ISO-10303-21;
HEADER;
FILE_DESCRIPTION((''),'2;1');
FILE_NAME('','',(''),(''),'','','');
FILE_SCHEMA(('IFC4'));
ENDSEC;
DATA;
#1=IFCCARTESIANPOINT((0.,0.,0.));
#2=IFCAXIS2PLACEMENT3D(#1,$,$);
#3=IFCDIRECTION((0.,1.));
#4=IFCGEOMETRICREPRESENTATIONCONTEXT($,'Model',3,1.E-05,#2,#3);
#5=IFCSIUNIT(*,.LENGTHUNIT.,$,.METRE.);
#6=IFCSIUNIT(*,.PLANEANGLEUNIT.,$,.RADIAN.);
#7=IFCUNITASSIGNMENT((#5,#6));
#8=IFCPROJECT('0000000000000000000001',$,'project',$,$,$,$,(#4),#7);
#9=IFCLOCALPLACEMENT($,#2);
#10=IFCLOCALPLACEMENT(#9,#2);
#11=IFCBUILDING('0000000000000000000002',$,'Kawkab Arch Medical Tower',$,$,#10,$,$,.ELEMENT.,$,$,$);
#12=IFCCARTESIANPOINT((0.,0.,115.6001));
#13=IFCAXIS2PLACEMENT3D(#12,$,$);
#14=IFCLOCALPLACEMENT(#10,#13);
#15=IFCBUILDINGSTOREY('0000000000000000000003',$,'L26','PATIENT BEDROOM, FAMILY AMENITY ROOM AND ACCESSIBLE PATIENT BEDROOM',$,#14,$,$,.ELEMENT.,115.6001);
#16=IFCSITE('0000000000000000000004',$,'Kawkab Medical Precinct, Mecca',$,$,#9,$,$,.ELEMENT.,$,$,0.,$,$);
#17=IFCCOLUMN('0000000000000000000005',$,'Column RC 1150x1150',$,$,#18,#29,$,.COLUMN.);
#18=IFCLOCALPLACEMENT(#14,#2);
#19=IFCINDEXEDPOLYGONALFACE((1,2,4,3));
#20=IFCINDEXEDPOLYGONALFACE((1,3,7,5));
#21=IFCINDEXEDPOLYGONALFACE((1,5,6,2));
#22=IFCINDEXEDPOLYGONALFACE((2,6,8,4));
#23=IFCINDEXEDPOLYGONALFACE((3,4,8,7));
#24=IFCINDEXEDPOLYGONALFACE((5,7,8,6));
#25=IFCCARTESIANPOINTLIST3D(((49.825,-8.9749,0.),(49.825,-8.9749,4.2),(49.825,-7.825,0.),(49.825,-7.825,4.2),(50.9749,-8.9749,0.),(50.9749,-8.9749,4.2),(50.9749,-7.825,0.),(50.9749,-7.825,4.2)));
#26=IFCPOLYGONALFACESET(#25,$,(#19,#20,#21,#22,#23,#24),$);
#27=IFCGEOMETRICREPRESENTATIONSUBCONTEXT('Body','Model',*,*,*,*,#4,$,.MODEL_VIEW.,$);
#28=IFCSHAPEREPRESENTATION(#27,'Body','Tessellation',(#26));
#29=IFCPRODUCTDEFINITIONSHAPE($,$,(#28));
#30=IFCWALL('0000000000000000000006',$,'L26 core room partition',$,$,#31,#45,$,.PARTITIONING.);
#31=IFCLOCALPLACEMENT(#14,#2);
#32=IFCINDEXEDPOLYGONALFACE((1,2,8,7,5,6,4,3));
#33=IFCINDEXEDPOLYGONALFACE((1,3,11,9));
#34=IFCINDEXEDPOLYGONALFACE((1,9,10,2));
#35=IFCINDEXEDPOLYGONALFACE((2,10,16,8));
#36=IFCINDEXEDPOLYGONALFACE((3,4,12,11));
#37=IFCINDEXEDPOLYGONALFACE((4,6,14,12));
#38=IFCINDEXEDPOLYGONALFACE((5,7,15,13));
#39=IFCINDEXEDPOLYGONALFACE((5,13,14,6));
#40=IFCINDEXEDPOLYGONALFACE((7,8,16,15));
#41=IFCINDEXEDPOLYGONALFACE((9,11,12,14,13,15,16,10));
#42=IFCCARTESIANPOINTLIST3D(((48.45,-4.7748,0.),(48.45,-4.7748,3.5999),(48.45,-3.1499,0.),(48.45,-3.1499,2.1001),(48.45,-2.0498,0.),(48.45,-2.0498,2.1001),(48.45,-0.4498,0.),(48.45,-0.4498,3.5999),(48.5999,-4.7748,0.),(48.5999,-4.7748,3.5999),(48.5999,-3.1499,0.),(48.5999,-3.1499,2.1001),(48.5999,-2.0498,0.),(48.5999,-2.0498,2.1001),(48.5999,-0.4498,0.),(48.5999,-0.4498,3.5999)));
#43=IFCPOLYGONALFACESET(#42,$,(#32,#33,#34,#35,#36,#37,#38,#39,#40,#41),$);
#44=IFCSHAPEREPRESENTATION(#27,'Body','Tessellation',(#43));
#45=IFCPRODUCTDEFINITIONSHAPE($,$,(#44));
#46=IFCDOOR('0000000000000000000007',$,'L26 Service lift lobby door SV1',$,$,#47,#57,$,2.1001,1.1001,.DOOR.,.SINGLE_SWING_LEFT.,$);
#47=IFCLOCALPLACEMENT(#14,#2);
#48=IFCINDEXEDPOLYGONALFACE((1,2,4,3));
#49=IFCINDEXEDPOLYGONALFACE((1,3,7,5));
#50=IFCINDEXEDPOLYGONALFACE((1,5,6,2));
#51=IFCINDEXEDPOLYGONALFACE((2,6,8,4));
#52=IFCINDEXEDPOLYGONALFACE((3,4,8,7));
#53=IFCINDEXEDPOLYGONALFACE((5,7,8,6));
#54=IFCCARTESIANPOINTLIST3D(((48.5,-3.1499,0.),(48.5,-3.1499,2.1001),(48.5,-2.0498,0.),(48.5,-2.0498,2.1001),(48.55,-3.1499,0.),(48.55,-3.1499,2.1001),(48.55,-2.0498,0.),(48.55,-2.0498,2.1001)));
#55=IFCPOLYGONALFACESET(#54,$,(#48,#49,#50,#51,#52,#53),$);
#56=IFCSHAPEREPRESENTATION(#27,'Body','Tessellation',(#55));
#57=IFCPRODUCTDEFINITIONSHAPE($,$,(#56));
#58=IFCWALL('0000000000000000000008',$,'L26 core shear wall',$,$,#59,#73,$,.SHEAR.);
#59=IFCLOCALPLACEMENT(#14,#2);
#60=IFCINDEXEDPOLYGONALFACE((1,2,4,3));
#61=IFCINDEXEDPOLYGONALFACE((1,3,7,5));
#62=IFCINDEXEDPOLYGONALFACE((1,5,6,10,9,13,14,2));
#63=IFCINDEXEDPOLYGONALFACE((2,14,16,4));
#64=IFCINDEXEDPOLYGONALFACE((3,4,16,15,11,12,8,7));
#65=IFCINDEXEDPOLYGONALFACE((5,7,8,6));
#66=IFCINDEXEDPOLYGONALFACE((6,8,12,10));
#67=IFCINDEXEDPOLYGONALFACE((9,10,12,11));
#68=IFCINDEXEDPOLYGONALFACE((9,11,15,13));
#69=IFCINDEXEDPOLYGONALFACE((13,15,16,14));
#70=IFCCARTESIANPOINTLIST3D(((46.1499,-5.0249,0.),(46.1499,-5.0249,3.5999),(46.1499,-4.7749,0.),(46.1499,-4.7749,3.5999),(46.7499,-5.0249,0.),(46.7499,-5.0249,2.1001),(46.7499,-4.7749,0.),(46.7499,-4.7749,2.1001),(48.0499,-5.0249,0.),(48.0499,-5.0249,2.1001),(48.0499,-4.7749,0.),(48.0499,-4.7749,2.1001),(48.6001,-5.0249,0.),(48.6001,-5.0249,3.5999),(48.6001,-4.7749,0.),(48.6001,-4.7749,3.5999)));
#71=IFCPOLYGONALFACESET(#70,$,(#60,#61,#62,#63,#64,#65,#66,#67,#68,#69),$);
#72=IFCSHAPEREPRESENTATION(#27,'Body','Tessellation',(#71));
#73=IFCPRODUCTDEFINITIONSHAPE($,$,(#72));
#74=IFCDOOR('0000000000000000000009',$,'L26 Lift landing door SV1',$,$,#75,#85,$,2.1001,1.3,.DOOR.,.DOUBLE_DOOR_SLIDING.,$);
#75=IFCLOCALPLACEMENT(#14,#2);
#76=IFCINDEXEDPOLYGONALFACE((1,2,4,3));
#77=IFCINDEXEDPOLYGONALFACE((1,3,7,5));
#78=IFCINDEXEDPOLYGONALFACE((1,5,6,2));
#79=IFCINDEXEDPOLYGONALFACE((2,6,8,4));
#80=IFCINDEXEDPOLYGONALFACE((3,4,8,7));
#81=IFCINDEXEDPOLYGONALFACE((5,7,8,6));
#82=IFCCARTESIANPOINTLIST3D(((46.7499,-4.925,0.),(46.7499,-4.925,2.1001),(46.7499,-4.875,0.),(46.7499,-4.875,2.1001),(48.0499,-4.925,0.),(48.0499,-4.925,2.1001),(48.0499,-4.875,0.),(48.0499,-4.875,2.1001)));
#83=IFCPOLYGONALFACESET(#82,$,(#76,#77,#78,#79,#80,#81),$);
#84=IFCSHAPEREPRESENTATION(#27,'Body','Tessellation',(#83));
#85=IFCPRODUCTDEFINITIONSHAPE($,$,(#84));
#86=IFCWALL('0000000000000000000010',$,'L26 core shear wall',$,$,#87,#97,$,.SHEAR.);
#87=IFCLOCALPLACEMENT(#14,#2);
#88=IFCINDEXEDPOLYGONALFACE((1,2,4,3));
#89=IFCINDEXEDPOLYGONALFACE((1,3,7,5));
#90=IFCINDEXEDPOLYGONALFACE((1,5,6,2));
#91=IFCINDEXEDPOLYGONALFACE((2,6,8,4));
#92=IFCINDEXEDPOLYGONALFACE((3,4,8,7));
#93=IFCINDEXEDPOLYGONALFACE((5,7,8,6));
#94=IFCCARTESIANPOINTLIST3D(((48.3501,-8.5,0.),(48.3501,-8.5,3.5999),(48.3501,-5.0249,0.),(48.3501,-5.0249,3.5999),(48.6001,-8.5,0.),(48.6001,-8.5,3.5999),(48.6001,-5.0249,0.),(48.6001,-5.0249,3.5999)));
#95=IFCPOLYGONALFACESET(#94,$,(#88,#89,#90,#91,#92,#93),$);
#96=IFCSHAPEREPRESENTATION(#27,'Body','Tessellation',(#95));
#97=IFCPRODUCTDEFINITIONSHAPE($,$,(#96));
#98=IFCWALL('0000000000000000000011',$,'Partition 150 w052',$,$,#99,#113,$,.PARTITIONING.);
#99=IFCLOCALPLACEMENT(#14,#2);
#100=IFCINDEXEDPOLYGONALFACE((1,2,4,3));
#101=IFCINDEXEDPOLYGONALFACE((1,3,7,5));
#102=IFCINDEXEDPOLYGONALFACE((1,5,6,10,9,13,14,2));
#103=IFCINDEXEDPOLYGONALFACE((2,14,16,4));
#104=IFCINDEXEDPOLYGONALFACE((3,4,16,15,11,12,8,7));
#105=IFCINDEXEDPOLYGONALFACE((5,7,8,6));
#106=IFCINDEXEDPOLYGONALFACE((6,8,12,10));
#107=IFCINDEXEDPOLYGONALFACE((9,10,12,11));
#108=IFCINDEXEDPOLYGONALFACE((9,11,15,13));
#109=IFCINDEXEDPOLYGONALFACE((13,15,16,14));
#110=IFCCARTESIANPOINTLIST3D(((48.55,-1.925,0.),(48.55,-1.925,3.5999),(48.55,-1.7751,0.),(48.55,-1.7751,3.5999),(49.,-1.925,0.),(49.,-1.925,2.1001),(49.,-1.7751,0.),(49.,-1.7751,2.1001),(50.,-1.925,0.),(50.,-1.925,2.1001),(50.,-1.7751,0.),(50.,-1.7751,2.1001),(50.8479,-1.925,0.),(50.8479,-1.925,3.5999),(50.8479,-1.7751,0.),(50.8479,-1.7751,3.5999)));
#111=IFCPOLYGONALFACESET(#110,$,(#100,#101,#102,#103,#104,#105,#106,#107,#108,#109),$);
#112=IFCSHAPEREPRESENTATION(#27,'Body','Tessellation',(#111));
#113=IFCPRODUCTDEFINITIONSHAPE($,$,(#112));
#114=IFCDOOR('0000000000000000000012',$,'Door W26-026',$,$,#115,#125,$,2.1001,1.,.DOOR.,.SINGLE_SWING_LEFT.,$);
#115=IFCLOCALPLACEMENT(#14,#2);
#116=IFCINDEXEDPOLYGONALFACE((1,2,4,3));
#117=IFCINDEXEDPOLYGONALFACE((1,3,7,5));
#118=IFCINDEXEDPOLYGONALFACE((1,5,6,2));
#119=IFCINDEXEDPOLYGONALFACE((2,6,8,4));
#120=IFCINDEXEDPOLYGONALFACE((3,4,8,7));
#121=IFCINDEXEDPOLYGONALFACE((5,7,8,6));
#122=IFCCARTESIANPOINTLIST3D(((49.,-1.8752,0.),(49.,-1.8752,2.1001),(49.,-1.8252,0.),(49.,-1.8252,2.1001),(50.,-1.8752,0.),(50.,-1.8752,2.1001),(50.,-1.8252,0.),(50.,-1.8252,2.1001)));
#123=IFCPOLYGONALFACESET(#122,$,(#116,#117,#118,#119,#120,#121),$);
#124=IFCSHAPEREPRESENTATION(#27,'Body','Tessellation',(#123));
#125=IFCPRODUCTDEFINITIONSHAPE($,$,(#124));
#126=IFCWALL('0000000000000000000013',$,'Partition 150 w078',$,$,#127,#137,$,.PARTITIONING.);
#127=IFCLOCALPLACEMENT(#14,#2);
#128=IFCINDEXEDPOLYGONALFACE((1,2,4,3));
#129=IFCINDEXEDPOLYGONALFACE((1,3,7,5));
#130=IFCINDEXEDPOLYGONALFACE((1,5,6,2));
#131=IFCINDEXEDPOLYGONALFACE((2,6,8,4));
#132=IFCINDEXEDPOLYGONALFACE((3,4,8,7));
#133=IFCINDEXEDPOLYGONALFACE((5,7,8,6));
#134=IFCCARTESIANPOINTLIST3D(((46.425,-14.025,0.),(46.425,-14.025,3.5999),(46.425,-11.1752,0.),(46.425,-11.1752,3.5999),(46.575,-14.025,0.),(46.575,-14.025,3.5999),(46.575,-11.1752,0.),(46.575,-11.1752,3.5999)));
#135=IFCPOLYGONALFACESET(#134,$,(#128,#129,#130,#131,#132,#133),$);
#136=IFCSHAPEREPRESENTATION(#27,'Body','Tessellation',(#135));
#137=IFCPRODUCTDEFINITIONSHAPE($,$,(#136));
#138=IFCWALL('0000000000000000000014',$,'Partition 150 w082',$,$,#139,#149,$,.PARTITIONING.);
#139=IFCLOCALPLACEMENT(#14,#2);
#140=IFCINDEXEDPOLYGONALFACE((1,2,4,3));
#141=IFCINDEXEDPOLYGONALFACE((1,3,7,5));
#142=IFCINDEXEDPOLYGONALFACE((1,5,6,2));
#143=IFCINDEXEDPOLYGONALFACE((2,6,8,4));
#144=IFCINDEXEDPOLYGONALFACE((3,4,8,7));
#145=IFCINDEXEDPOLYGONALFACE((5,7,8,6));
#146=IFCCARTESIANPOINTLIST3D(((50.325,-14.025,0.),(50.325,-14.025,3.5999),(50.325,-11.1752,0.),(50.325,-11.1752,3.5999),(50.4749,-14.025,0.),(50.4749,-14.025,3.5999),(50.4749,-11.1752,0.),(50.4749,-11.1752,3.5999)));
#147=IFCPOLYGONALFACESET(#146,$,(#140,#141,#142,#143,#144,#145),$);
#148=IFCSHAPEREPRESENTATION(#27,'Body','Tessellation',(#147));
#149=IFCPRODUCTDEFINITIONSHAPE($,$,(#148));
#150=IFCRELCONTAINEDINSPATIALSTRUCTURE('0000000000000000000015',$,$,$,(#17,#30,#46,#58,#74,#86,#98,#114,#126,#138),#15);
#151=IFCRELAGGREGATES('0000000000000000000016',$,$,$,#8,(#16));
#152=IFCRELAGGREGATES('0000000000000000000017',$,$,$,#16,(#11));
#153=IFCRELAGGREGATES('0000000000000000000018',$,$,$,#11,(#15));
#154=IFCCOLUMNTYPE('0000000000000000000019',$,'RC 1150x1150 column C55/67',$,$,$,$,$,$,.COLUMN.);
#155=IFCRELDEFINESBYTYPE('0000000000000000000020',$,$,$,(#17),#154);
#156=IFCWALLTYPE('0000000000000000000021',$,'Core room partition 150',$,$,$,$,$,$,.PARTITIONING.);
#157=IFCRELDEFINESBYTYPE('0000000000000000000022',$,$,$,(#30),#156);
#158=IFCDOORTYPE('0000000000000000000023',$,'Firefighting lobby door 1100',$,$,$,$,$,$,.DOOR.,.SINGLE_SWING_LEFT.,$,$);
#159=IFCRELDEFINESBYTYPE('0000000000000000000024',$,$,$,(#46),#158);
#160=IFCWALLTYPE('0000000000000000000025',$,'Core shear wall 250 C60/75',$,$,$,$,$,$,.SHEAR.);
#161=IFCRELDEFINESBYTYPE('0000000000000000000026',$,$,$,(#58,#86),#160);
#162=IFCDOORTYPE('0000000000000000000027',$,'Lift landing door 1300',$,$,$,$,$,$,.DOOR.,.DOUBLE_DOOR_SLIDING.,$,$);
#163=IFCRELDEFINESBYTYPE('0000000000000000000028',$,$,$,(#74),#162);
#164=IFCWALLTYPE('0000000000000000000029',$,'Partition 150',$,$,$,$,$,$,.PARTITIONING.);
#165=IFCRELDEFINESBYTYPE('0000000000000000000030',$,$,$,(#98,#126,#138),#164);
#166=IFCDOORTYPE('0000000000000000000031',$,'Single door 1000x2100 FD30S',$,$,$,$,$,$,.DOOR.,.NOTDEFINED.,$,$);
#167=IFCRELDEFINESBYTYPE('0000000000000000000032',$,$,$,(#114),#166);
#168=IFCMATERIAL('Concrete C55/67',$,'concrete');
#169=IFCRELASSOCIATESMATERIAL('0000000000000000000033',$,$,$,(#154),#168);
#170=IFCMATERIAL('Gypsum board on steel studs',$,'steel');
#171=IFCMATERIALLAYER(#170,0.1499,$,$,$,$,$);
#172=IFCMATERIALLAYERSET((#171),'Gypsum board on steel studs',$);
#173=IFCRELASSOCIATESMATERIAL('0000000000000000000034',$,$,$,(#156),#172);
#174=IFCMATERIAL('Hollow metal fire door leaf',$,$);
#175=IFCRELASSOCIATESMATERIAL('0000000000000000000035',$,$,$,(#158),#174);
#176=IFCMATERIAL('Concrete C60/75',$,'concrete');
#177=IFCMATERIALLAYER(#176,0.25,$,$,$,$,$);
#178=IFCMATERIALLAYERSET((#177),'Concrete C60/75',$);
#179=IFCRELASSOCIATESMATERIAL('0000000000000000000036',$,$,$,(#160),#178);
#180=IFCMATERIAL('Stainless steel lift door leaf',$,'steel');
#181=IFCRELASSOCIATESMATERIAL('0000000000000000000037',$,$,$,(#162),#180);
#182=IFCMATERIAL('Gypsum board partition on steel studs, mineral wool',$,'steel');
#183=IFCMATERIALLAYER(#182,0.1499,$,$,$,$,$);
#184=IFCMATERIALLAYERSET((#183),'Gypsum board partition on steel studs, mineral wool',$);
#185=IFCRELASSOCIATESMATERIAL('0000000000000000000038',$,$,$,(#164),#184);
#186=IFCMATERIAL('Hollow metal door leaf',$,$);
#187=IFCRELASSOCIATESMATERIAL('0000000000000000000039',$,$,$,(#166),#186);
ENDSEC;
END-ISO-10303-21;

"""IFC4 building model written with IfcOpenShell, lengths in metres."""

from ifc_helpers import new_model, si_unit, direction, frame, frame_2d, origin, origin_2d, place, context, subcontext, project, spatial, rectangle, extrude, material, layer, layer_set, material_profile, profile_set, type_object, element, fill, save


model = new_model("IFC4")

# Units and contexts
model_context = context("Model", 3, precision=1e-05, world=origin(), true_north=direction((0.0, 1.0)))
body_context = subcontext(model_context, "Body", "Model", "MODEL_VIEW")
ifc_project = project(units=[si_unit("LENGTHUNIT", "METRE"), si_unit("PLANEANGLEUNIT", "RADIAN")], contexts=[model_context])

# Site, building, storey
site_placement = place(None, origin())
site = spatial("IfcSite", under=ifc_project, at=site_placement, Name="Kawkab Medical Precinct, Mecca", CompositionType="ELEMENT", RefElevation=0.0)
building_placement = place(site_placement, origin())
building = spatial("IfcBuilding", under=site, at=building_placement, Name="Kawkab Arch Medical Tower", CompositionType="ELEMENT")
storey_placement = place(building_placement, frame((0.0, 0.0, 115.6001)))
storey = spatial("IfcBuildingStorey", under=building, at=storey_placement, Name="L26", Description="PATIENT BEDROOM, FAMILY AMENITY ROOM AND ACCESSIBLE PATIENT BEDROOM", CompositionType="ELEMENT", Elevation=115.6001)

# Column
ifc_material_1 = material(Name="Concrete C55/67", Category="concrete")
ifc_material_profile = material_profile(ifc_material_1, rectangle(XDim=1.1499, YDim=1.1499, at=origin_2d()), Name="RC 1150x1150")
ifc_profile_set = profile_set([ifc_material_profile], Name="Concrete C55/67")
column_type = type_object("IfcColumnType", Name="RC 1150x1150 column C55/67", PredefinedType="COLUMN", material=ifc_profile_set)
column_placement = place(storey_placement, frame((50.3999, -8.3999, 0.0), z_axis=(0.0, 0.0, 1.0), x_axis=(1.0, 0.0, 0.0)))
element("IfcColumn", 1, at=column_placement, inside=storey, type_object=column_type, Name="Column RC 1150x1150", PredefinedType="COLUMN", context=body_context, shape_type="SweptSolid", body=[
    extrude(rectangle(XDim=1.1499, YDim=1.1499, at=origin_2d()), origin(), (0.0, 0.0, 1.0), 4.2),
])

# Walls, openings, doors
ifc_material_2 = material(Name="Gypsum board on steel studs", Category="steel")
ifc_layer_1 = layer(ifc_material_2, 0.1499)
ifc_layer_set_1 = layer_set([ifc_layer_1], Name="Gypsum board on steel studs")
wall_type_1 = type_object("IfcWallType", Name="Core room partition 150", PredefinedType="PARTITIONING", material=ifc_layer_set_1)
wall_1_placement = place(storey_placement, frame((48.5249, -4.7749, 0.0), z_axis=(0.0, 0.0, 1.0), x_axis=(0.0, 1.0, 0.0)))
wall_1 = element("IfcWall", 2, at=wall_1_placement, inside=storey, type_object=wall_type_1, Name="L26 core room partition", PredefinedType="PARTITIONING", context=body_context, shape_type="SweptSolid", body=[
    extrude(rectangle(XDim=4.325, YDim=0.1499, at=frame_2d((2.1626, 0.0))), origin(), (0.0, 0.0, 1.0), 3.5999),
])
opening_1_placement = place(wall_1_placement, frame((1.625, 0.0, 0.0)))
opening_1 = element("IfcOpeningElement", 3, at=opening_1_placement, cuts=wall_1, PredefinedType="OPENING", context=body_context, shape_type="SweptSolid", body=[
    extrude(rectangle(XDim=1.1001, YDim=2.1001, at=frame_2d((0.55, 1.05))), frame((0.0, 0.085, 0.0), z_axis=(0.0, -1.0, 0.0), x_axis=(1.0, 0.0, 0.0)), (0.0, 0.0, 1.0), 0.1699),
])
ifc_material_3 = material(Name="Hollow metal fire door leaf")
door_type_1 = type_object("IfcDoorType", Name="Firefighting lobby door 1100", OperationType="SINGLE_SWING_LEFT", PredefinedType="DOOR", material=ifc_material_3)
door_1_placement = place(opening_1_placement, origin())
door_1 = element("IfcDoor", 4, at=door_1_placement, inside=storey, type_object=door_type_1, Name="L26 Service lift lobby door SV1", OperationType="SINGLE_SWING_LEFT", OverallHeight=2.1001, OverallWidth=1.1001, PredefinedType="DOOR", context=body_context, shape_type="SweptSolid", body=[
    extrude(rectangle(XDim=1.1001, YDim=2.1001, at=frame_2d((0.55, 1.05))), frame((0.0, 0.0249, 0.0), z_axis=(0.0, -1.0, 0.0), x_axis=(1.0, 0.0, 0.0)), (0.0, 0.0, 1.0), 0.05),
])
fill(opening_1, door_1)
ifc_material_4 = material(Name="Concrete C60/75", Category="concrete")
ifc_layer_2 = layer(ifc_material_4, 0.25)
ifc_layer_set_2 = layer_set([ifc_layer_2], Name="Concrete C60/75")
wall_type_2 = type_object("IfcWallType", Name="Core shear wall 250 C60/75", PredefinedType="SHEAR", material=ifc_layer_set_2)
wall_2_placement = place(storey_placement, frame((46.1499, -4.8999, 0.0), z_axis=(0.0, 0.0, 1.0), x_axis=(1.0, 0.0, 0.0)))
wall_2 = element("IfcWall", 5, at=wall_2_placement, inside=storey, type_object=wall_type_2, Name="L26 core shear wall", PredefinedType="SHEAR", context=body_context, shape_type="SweptSolid", body=[
    extrude(rectangle(XDim=2.4502, YDim=0.25, at=frame_2d((1.2251, 0.0))), origin(), (0.0, 0.0, 1.0), 3.5999),
])
opening_2_placement = place(wall_2_placement, frame((0.6001, 0.0, 0.0)))
opening_2 = element("IfcOpeningElement", 6, at=opening_2_placement, cuts=wall_2, PredefinedType="OPENING", context=body_context, shape_type="SweptSolid", body=[
    extrude(rectangle(XDim=1.3, YDim=2.1001, at=frame_2d((0.6499, 1.05))), frame((0.0, 0.135, 0.0), z_axis=(0.0, -1.0, 0.0), x_axis=(1.0, 0.0, 0.0)), (0.0, 0.0, 1.0), 0.27),
])
ifc_material_5 = material(Name="Stainless steel lift door leaf", Category="steel")
door_type_2 = type_object("IfcDoorType", Name="Lift landing door 1300", OperationType="DOUBLE_DOOR_SLIDING", PredefinedType="DOOR", material=ifc_material_5)
door_2_placement = place(opening_2_placement, origin())
door_2 = element("IfcDoor", 7, at=door_2_placement, inside=storey, type_object=door_type_2, Name="L26 Lift landing door SV1", OperationType="DOUBLE_DOOR_SLIDING", OverallHeight=2.1001, OverallWidth=1.3, PredefinedType="DOOR", context=body_context, shape_type="SweptSolid", body=[
    extrude(rectangle(XDim=1.3, YDim=2.1001, at=frame_2d((0.6499, 1.05))), frame((0.0, 0.0249, 0.0), z_axis=(0.0, -1.0, 0.0), x_axis=(1.0, 0.0, 0.0)), (0.0, 0.0, 1.0), 0.05),
])
fill(opening_2, door_2)

# Wall
wall_3_placement = place(storey_placement, frame((48.4751, -8.5, 0.0), z_axis=(0.0, 0.0, 1.0), x_axis=(0.0, 1.0, 0.0)))
element("IfcWall", 8, at=wall_3_placement, inside=storey, type_object=wall_type_2, Name="L26 core shear wall", PredefinedType="SHEAR", context=body_context, shape_type="SweptSolid", body=[
    extrude(rectangle(XDim=3.4751, YDim=0.25, at=frame_2d((1.7375, 0.0))), origin(), (0.0, 0.0, 1.0), 3.5999),
])

# Wall, opening, door
ifc_material_6 = material(Name="Gypsum board partition on steel studs, mineral wool", Category="steel")
ifc_layer_3 = layer(ifc_material_6, 0.1499)
ifc_layer_set_3 = layer_set([ifc_layer_3], Name="Gypsum board partition on steel studs, mineral wool")
wall_type_3 = type_object("IfcWallType", Name="Partition 150", PredefinedType="PARTITIONING", material=ifc_layer_set_3)
wall_4_placement = place(storey_placement, frame((48.55, -1.8501, 0.0), z_axis=(0.0, 0.0, 1.0), x_axis=(1.0, 0.0, 0.0)))
wall_4 = element("IfcWall", 9, at=wall_4_placement, inside=storey, type_object=wall_type_3, Name="Partition 150 w052", PredefinedType="PARTITIONING", context=body_context, shape_type="SweptSolid", body=[
    extrude(rectangle(XDim=2.2979, YDim=0.1499, at=frame_2d((1.1489, 0.0))), origin(), (0.0, 0.0, 1.0), 3.5999),
])
opening_3_placement = place(wall_4_placement, frame((0.45, 0.0, 0.0)))
opening_3 = element("IfcOpeningElement", 10, at=opening_3_placement, cuts=wall_4, PredefinedType="OPENING", context=body_context, shape_type="SweptSolid", body=[
    extrude(rectangle(XDim=1.0, YDim=2.1001, at=frame_2d((0.5, 1.05))), frame((0.0, 0.085, 0.0), z_axis=(0.0, -1.0, 0.0), x_axis=(1.0, 0.0, 0.0)), (0.0, 0.0, 1.0), 0.1699),
])
ifc_material_7 = material(Name="Hollow metal door leaf")
door_type_3 = type_object("IfcDoorType", Name="Single door 1000x2100 FD30S", OperationType="NOTDEFINED", PredefinedType="DOOR", material=ifc_material_7)
door_3_placement = place(opening_3_placement, origin())
door_3 = element("IfcDoor", 11, at=door_3_placement, inside=storey, type_object=door_type_3, Name="Door W26-026", OperationType="SINGLE_SWING_LEFT", OverallHeight=2.1001, OverallWidth=1.0, PredefinedType="DOOR", context=body_context, shape_type="SweptSolid", body=[
    extrude(rectangle(XDim=1.0, YDim=2.1001, at=frame_2d((0.5, 1.05))), frame((0.0, 0.0249, 0.0), z_axis=(0.0, -1.0, 0.0), x_axis=(1.0, 0.0, 0.0)), (0.0, 0.0, 1.0), 0.05),
])
fill(opening_3, door_3)

# Walls
for number, where, z_axis, x_axis, name in (
    (12, (46.5, -14.0249, 0.0), (0.0, 0.0, 1.0), (0.0, 1.0, 0.0), "Partition 150 w078"),
    (13, (50.3999, -14.0249, 0.0), (0.0, 0.0, 1.0), (0.0, 1.0, 0.0), "Partition 150 w082"),
):
    element("IfcWall", number, at=place(storey_placement, frame(where, z_axis=z_axis, x_axis=x_axis)), inside=storey, type_object=wall_type_3, Name=name, PredefinedType="PARTITIONING", context=body_context, shape_type="SweptSolid", body=[
        extrude(rectangle(XDim=2.8499, YDim=0.1499, at=frame_2d((1.4248, 0.0))), origin(), (0.0, 0.0, 1.0), 3.5999),
    ])

save(model, "model.ifc")
